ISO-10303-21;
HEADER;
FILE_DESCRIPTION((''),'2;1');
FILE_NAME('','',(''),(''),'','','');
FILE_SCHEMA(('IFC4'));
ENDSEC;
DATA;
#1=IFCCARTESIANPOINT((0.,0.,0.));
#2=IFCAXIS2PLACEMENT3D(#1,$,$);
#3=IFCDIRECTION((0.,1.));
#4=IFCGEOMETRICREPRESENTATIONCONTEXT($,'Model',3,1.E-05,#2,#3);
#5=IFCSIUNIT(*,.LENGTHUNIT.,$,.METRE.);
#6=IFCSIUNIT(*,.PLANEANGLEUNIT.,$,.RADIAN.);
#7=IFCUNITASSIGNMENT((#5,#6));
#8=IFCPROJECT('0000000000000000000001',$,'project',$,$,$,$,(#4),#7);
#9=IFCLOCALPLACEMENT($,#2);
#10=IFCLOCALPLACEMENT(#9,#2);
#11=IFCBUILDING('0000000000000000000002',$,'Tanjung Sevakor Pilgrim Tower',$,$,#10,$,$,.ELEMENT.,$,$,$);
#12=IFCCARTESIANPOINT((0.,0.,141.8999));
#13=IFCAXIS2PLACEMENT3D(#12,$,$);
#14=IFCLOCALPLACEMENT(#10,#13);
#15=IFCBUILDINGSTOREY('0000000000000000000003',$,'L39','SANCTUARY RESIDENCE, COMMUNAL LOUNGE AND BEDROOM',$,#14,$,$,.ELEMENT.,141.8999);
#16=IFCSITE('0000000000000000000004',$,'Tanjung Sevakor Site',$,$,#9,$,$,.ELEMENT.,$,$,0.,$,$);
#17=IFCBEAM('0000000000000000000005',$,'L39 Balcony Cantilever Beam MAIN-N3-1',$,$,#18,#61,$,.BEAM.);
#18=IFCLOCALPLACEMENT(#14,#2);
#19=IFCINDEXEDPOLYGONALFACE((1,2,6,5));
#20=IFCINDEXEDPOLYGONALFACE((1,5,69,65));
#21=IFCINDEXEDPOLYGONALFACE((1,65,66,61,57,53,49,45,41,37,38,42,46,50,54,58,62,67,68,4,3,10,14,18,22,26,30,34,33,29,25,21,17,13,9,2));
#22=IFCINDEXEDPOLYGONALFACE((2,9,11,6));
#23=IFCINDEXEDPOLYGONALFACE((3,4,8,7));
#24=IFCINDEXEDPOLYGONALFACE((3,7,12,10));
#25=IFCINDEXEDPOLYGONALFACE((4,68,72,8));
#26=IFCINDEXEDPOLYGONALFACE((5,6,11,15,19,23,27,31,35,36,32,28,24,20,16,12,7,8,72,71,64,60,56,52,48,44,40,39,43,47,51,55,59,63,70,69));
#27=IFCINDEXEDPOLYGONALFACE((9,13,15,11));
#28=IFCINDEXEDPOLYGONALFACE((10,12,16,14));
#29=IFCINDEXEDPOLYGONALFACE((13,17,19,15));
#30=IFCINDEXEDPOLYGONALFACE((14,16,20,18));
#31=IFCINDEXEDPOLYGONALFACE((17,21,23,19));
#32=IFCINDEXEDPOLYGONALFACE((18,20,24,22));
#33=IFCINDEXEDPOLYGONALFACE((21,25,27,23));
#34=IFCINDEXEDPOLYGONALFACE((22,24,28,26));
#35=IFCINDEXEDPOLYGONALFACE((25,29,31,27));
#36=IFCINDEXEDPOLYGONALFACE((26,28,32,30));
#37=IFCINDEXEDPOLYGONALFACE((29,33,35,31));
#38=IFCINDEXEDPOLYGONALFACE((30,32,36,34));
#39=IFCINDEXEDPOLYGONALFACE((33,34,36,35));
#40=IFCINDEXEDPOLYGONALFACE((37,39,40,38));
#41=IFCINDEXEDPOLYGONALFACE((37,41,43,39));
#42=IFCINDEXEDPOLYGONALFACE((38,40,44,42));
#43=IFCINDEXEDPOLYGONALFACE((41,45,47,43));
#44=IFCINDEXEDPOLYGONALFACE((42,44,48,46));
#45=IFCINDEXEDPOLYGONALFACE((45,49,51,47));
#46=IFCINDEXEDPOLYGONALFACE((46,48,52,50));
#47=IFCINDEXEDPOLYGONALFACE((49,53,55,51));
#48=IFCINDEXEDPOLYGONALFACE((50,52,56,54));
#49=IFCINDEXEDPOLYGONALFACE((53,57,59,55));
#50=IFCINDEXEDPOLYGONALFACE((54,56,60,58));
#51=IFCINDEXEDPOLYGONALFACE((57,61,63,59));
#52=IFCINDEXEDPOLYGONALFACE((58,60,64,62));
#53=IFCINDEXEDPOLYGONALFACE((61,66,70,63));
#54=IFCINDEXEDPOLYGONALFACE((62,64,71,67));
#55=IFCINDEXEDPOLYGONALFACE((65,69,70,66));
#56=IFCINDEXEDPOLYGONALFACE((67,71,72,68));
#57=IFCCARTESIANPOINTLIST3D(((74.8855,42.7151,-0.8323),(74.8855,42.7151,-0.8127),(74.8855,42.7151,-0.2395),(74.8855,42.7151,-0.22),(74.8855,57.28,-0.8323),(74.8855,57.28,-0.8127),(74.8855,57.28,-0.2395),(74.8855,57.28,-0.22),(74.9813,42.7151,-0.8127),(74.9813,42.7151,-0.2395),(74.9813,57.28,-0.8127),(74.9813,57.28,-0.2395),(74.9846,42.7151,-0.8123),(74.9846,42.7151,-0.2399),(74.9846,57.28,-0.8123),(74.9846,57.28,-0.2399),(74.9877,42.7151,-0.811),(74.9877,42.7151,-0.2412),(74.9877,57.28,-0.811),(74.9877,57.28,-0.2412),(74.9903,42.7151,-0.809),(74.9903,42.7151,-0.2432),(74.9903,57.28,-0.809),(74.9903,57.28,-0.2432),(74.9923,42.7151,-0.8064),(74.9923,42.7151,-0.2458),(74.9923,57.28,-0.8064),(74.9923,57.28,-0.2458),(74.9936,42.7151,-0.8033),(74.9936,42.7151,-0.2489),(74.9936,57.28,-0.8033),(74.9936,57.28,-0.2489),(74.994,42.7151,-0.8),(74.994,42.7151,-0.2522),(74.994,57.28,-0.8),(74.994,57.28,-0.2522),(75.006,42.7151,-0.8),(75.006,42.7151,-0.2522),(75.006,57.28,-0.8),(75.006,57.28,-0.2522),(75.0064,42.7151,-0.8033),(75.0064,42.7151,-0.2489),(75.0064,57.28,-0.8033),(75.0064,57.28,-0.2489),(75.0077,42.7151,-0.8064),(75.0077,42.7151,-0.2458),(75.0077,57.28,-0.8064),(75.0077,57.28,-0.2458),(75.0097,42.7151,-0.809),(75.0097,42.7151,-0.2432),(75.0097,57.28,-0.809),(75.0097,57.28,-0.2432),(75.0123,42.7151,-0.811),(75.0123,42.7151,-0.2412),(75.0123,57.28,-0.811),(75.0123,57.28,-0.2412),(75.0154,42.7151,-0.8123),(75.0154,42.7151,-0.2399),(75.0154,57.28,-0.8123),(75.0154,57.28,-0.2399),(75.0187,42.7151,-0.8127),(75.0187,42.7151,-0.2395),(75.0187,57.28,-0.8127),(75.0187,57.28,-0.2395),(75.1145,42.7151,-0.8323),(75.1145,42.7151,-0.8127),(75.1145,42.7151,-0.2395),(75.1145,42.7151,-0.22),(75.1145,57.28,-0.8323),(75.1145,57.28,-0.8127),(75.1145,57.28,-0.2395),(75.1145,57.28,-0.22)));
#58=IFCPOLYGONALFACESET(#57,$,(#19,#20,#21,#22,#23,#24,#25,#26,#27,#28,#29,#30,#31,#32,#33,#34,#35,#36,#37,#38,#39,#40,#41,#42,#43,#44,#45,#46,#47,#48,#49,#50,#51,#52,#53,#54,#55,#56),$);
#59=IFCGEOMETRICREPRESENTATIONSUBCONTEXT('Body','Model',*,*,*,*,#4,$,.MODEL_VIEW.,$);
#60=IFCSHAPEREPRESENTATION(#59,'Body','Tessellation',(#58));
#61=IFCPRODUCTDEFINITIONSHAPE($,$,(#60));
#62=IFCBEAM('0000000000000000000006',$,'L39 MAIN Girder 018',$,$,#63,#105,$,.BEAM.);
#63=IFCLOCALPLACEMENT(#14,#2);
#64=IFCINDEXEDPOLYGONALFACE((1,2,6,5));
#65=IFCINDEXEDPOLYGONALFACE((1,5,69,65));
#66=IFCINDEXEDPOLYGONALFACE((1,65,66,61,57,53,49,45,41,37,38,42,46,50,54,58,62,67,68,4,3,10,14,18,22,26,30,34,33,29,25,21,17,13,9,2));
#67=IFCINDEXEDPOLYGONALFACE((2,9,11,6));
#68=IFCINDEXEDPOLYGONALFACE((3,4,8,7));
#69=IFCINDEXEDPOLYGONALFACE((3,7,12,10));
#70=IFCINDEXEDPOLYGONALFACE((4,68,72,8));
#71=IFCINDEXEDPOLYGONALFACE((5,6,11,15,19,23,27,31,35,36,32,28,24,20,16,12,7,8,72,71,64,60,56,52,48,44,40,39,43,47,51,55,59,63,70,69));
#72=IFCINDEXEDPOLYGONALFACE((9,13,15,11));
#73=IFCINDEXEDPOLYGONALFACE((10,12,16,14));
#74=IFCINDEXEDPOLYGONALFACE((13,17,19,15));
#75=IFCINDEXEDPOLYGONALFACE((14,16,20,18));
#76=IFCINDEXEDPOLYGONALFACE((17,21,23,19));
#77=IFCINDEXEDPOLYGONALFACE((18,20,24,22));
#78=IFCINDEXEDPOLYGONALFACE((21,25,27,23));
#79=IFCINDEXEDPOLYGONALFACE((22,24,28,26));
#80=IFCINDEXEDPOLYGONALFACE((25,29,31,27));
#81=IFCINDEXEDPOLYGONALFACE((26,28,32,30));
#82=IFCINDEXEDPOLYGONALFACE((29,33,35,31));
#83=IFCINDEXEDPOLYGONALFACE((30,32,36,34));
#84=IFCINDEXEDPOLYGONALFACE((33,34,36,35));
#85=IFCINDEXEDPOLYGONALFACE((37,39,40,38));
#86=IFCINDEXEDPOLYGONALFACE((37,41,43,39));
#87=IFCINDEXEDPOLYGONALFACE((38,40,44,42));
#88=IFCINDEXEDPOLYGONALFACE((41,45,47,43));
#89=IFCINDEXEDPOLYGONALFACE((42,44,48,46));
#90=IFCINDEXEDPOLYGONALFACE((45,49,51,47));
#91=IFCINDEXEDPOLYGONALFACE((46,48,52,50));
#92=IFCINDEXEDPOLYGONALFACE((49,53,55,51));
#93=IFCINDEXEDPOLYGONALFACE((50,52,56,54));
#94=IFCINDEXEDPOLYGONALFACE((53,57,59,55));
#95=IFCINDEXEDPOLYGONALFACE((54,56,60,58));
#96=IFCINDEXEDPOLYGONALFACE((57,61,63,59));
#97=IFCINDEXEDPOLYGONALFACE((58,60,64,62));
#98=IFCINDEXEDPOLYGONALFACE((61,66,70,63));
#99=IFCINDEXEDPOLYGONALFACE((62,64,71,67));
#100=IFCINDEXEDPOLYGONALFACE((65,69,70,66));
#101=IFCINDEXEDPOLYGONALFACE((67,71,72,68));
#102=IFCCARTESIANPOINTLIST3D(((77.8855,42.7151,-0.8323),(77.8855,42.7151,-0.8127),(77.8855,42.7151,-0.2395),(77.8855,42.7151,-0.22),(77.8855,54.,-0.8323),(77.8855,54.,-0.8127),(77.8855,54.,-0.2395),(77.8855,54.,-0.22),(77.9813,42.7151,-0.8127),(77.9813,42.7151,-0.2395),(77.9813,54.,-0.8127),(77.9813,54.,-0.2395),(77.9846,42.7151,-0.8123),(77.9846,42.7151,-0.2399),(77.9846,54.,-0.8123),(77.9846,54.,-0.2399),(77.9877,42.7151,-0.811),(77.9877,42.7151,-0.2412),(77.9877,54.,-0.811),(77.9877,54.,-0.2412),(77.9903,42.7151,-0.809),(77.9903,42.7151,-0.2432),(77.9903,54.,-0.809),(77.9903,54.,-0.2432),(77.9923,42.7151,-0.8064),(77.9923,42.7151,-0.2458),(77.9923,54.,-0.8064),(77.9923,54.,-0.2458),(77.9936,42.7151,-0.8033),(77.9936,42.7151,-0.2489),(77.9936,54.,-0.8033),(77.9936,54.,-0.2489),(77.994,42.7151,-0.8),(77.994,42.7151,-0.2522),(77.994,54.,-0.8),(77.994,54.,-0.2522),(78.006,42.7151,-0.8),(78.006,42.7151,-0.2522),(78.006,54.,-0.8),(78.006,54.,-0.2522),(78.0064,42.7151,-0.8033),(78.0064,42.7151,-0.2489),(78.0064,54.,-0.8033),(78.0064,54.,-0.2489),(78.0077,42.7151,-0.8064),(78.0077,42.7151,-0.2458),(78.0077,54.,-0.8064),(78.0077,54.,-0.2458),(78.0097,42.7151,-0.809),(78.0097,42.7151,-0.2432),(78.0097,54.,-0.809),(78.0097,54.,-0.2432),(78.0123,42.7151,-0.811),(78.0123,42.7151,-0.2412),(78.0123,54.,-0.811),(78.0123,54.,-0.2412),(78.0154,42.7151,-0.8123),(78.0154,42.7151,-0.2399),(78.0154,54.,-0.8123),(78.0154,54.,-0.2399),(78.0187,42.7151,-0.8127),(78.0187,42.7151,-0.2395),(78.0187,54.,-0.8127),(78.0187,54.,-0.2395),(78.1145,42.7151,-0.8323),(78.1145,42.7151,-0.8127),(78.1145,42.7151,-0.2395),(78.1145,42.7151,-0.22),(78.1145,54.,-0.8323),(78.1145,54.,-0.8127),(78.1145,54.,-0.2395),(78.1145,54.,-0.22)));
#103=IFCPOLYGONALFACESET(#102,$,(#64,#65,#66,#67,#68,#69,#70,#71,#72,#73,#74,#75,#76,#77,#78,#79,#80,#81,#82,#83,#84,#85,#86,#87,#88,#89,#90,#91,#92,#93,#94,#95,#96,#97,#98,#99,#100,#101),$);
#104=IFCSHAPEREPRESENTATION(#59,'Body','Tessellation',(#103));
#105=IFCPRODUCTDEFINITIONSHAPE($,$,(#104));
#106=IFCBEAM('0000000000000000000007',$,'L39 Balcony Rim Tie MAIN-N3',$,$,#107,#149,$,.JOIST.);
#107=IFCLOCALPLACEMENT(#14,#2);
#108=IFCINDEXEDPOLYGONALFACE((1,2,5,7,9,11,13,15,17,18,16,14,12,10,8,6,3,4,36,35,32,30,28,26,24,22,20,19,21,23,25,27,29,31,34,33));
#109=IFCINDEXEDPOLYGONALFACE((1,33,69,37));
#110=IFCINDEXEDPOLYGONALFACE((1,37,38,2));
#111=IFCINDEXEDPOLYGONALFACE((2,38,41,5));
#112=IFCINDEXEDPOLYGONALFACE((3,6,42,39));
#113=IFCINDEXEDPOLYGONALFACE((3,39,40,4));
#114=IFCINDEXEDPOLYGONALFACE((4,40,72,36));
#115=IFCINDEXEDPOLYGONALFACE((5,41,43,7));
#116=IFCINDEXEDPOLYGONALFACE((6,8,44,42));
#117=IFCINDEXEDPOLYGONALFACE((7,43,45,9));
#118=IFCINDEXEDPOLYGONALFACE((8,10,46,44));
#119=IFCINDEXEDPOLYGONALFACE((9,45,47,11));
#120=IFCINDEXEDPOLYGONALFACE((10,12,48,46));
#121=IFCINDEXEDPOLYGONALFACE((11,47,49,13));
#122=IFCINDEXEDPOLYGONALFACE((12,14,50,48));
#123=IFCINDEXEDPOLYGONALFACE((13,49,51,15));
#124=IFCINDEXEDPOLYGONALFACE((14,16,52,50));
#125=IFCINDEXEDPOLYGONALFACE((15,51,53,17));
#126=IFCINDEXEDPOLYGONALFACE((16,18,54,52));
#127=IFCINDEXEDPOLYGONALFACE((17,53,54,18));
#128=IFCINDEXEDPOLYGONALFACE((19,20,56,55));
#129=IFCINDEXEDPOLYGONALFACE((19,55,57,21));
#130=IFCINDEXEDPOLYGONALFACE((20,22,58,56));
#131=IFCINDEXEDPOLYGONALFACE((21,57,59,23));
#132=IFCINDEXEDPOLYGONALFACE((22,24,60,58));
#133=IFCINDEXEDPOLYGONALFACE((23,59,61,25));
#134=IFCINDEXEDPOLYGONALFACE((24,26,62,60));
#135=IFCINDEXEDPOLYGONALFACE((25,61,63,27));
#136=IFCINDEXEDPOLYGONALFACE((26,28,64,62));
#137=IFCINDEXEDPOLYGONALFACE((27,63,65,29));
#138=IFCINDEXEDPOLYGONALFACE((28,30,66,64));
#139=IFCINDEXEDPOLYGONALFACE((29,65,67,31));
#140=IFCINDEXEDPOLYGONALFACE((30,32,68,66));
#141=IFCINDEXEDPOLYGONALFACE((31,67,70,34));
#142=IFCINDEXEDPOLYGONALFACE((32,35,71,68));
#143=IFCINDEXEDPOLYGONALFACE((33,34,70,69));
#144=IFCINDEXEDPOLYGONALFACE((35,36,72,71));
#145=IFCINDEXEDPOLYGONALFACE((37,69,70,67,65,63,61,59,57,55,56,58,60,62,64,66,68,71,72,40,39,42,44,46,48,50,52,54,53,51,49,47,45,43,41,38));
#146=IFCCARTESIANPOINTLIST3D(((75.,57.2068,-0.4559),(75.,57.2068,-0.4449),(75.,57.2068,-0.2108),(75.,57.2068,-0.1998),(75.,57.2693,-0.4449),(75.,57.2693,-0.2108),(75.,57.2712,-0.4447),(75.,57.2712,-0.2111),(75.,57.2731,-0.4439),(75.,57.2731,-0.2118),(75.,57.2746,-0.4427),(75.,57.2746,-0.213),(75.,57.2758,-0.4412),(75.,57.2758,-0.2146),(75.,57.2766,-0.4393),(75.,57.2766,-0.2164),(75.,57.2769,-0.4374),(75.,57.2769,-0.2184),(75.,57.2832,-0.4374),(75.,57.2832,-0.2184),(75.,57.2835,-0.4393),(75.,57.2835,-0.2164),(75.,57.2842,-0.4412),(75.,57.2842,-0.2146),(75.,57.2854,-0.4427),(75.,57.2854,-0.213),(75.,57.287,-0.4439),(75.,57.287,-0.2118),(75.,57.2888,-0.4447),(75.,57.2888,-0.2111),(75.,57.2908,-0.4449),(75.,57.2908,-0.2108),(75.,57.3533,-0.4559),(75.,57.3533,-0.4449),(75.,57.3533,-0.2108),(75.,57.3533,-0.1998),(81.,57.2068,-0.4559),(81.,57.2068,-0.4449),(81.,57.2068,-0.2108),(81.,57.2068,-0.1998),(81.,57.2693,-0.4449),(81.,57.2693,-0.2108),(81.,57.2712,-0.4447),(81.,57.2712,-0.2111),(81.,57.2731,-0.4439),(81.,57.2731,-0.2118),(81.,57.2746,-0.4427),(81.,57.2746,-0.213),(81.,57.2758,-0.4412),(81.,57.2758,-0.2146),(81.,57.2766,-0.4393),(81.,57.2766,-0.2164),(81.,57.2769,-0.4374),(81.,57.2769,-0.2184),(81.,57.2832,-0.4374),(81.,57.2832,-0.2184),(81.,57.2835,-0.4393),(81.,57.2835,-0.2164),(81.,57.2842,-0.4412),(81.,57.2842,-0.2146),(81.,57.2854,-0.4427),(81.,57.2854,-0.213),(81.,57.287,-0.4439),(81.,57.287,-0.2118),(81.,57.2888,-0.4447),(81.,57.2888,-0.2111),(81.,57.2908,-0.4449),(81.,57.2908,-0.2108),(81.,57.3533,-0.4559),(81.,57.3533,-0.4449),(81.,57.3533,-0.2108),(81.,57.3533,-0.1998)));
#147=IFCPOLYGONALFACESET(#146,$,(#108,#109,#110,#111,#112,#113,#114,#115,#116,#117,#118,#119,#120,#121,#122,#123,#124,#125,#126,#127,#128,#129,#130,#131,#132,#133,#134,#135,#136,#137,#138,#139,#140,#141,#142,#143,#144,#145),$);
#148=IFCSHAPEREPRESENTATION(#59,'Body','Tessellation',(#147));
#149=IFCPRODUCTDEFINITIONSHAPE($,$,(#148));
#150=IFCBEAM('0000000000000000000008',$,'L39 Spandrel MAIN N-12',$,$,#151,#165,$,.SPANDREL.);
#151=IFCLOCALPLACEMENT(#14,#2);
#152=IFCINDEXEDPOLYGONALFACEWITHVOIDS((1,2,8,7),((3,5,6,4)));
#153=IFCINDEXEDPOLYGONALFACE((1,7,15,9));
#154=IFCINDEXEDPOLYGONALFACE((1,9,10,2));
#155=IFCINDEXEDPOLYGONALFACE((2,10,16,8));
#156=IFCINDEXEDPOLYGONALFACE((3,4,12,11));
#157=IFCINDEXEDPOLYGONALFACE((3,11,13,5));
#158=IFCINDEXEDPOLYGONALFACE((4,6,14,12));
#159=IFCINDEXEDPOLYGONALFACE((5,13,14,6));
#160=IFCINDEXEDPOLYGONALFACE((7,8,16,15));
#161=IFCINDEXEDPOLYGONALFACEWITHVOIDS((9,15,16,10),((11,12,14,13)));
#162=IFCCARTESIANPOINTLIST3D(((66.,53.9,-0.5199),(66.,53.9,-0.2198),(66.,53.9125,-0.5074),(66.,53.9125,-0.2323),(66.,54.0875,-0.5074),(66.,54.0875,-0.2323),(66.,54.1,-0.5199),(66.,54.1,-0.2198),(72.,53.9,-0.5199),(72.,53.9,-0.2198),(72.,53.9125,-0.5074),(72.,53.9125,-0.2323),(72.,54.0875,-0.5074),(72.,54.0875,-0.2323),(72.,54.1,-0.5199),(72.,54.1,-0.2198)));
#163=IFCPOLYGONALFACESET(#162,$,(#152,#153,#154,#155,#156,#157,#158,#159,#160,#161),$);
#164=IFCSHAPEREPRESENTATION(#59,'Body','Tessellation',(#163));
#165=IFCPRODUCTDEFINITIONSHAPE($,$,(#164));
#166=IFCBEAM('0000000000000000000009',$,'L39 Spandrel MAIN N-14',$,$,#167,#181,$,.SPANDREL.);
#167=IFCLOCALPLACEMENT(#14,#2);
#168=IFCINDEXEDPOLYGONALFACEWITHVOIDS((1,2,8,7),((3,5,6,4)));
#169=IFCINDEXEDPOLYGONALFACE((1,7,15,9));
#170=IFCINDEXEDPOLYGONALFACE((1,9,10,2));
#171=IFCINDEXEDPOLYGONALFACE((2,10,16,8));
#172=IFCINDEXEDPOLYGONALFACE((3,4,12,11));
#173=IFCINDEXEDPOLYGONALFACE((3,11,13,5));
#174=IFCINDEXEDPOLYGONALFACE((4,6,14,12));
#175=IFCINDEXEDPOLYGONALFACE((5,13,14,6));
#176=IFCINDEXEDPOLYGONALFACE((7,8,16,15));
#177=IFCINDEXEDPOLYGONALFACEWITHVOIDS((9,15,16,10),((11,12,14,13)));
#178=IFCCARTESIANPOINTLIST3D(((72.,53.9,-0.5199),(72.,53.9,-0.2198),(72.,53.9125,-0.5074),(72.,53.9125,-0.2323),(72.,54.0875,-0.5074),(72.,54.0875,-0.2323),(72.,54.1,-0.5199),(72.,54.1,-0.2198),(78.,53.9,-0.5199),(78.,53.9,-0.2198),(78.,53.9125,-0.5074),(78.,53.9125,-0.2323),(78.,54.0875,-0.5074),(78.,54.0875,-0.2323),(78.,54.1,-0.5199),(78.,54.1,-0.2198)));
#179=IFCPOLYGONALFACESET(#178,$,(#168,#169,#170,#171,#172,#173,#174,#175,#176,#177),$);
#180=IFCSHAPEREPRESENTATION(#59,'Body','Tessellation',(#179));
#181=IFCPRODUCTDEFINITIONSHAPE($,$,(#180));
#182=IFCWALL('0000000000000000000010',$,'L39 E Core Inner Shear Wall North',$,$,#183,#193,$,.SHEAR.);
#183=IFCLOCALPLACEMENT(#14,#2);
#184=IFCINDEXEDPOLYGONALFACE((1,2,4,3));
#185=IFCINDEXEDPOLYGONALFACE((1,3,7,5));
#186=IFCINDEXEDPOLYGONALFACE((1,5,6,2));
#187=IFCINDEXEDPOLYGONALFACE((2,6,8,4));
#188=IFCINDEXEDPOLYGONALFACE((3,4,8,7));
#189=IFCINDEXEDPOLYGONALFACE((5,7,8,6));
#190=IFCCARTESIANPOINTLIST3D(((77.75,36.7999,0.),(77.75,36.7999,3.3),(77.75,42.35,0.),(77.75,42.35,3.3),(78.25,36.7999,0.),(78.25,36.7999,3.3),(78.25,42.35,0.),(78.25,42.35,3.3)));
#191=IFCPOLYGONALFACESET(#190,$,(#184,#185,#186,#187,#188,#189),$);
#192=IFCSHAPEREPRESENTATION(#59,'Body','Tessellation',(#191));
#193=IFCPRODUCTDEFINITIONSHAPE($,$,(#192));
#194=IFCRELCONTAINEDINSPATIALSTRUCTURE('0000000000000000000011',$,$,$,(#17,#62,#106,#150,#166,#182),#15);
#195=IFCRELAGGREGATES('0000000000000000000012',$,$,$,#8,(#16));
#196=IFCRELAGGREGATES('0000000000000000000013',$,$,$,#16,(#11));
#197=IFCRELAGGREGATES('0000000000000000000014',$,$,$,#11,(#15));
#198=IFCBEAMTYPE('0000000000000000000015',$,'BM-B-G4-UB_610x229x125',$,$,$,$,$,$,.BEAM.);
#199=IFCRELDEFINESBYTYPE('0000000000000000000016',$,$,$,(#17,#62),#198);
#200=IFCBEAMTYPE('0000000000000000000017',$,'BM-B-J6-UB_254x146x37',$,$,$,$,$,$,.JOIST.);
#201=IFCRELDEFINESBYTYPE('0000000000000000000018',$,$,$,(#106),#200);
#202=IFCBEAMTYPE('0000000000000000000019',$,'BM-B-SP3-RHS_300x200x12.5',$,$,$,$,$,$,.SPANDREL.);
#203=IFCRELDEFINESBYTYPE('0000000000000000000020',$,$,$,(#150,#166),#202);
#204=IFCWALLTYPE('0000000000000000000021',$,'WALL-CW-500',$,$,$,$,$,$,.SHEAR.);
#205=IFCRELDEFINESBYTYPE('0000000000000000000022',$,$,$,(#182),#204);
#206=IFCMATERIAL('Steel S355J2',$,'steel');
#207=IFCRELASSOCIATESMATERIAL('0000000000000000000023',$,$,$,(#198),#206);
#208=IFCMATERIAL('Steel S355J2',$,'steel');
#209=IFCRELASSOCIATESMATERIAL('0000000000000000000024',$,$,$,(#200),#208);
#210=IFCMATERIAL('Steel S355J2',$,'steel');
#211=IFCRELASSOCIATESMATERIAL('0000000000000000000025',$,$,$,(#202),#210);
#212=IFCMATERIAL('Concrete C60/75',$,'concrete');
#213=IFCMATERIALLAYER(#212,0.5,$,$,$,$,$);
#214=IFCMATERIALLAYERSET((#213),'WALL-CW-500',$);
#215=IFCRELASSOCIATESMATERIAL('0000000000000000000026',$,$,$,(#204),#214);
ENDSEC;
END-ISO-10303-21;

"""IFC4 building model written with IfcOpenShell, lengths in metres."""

from ifc_helpers import new_model, si_unit, direction, frame, frame_2d, origin, origin_2d, place, context, subcontext, project, spatial, rectangle, hollow_rectangle, i_section, extrude, material, layer, layer_set, material_profile, profile_set, type_object, element, save


model = new_model("IFC4")

# Units and contexts
model_context = context("Model", 3, precision=1e-05, world=origin(), true_north=direction((0.0, 1.0)))
body_context = subcontext(model_context, "Body", "Model", "MODEL_VIEW")
ifc_project = project(units=[si_unit("LENGTHUNIT", "METRE"), si_unit("PLANEANGLEUNIT", "RADIAN")], contexts=[model_context])

# Site, building, storey
site_placement = place(None, origin())
site = spatial("IfcSite", under=ifc_project, at=site_placement, Name="Tanjung Sevakor Site", CompositionType="ELEMENT", RefElevation=0.0)
building_placement = place(site_placement, origin())
building = spatial("IfcBuilding", under=site, at=building_placement, Name="Tanjung Sevakor Pilgrim Tower", CompositionType="ELEMENT")
storey_placement = place(building_placement, frame((0.0, 0.0, 141.8999)))
storey = spatial("IfcBuildingStorey", under=building, at=storey_placement, Name="L39", Description="SANCTUARY RESIDENCE, COMMUNAL LOUNGE AND BEDROOM", CompositionType="ELEMENT", Elevation=141.8999)

# Beams
ifc_material_1 = material(Name="Steel S355J2", Category="steel")
ifc_material_profile_1 = material_profile(ifc_material_1, i_section(OverallWidth=0.229, OverallDepth=0.6123, WebThickness=0.012, FlangeThickness=0.0195, FilletRadius=0.0127, at=origin_2d()))
ifc_profile_set_1 = profile_set([ifc_material_profile_1], Name="Steel S355J2")
beam_type_1 = type_object("IfcBeamType", Name="BM-B-G4-UB_610x229x125", PredefinedType="BEAM", material=ifc_profile_set_1)
beam_1_placement = place(storey_placement, frame((75.0, 42.7151, -0.5261), z_axis=(0.0, 1.0, 0.0), x_axis=(-1.0, 0.0, 0.0)))
element("IfcBeam", 1, at=beam_1_placement, inside=storey, type_object=beam_type_1, Name="L39 Balcony Cantilever Beam MAIN-N3-1", PredefinedType="BEAM", context=body_context, shape_type="SweptSolid", body=[
    extrude(i_section(OverallWidth=0.229, OverallDepth=0.6123, WebThickness=0.012, FlangeThickness=0.0195, FilletRadius=0.0127, at=origin_2d()), origin(), (0.0, 0.0, 1.0), 14.5649),
])
beam_2_placement = place(storey_placement, frame((78.0, 42.7151, -0.5261), z_axis=(0.0, 1.0, 0.0), x_axis=(-1.0, 0.0, 0.0)))
element("IfcBeam", 2, at=beam_2_placement, inside=storey, type_object=beam_type_1, Name="L39 MAIN Girder 018", PredefinedType="BEAM", context=body_context, shape_type="SweptSolid", body=[
    extrude(i_section(OverallWidth=0.229, OverallDepth=0.6123, WebThickness=0.012, FlangeThickness=0.0195, FilletRadius=0.0127, at=origin_2d()), origin(), (0.0, 0.0, 1.0), 11.2849),
])
ifc_material_2 = material(Name="Steel S355J2", Category="steel")
ifc_material_profile_2 = material_profile(ifc_material_2, i_section(OverallWidth=0.1465, OverallDepth=0.2561, WebThickness=0.0063, FlangeThickness=0.011, FilletRadius=0.0076, at=origin_2d()))
ifc_profile_set_2 = profile_set([ifc_material_profile_2], Name="Steel S355J2")
beam_type_2 = type_object("IfcBeamType", Name="BM-B-J6-UB_254x146x37", PredefinedType="JOIST", material=ifc_profile_set_2)
beam_3_placement = place(storey_placement, frame((75.0, 57.28, -0.3279), z_axis=(1.0, 0.0, 0.0), x_axis=(0.0, 1.0, 0.0)))
element("IfcBeam", 3, at=beam_3_placement, inside=storey, type_object=beam_type_2, Name="L39 Balcony Rim Tie MAIN-N3", PredefinedType="JOIST", context=body_context, shape_type="SweptSolid", body=[
    extrude(i_section(OverallWidth=0.1465, OverallDepth=0.2561, WebThickness=0.0063, FlangeThickness=0.011, FilletRadius=0.0076, at=origin_2d()), origin(), (0.0, 0.0, 1.0), 6.0),
])
ifc_material_3 = material(Name="Steel S355J2", Category="steel")
ifc_material_profile_3 = material_profile(ifc_material_3, hollow_rectangle(XDim=0.2, YDim=0.3, WallThickness=0.0125, at=origin_2d()))
ifc_profile_set_3 = profile_set([ifc_material_profile_3], Name="Steel S355J2")
beam_type_3 = type_object("IfcBeamType", Name="BM-B-SP3-RHS_300x200x12.5", PredefinedType="SPANDREL", material=ifc_profile_set_3)
for number, where, z_axis, x_axis, name in (
    (4, (66.0, 54.0, -0.3699), (1.0, 0.0, 0.0), (0.0, 1.0, 0.0), "L39 Spandrel MAIN N-12"),
    (5, (72.0, 54.0, -0.3699), (1.0, 0.0, 0.0), (0.0, 1.0, 0.0), "L39 Spandrel MAIN N-14"),
):
    element("IfcBeam", number, at=place(storey_placement, frame(where, z_axis=z_axis, x_axis=x_axis)), inside=storey, type_object=beam_type_3, Name=name, PredefinedType="SPANDREL", context=body_context, shape_type="SweptSolid", body=[
        extrude(hollow_rectangle(XDim=0.2, YDim=0.3, WallThickness=0.0125, at=origin_2d()), origin(), (0.0, 0.0, 1.0), 6.0),
    ])

# Wall
ifc_material_4 = material(Name="Concrete C60/75", Category="concrete")
ifc_layer_1 = layer(ifc_material_4, 0.5)
ifc_layer_set_1 = layer_set([ifc_layer_1], Name="WALL-CW-500")
wall_type_1 = type_object("IfcWallType", Name="WALL-CW-500", PredefinedType="SHEAR", material=ifc_layer_set_1)
wall_1_placement = place(storey_placement, frame((78.0, 36.8, 0.0), z_axis=(0.0, 0.0, 1.0), x_axis=(0.0, 1.0, 0.0)))
element("IfcWall", 6, at=wall_1_placement, inside=storey, type_object=wall_type_1, Name="L39 E Core Inner Shear Wall North", PredefinedType="SHEAR", context=body_context, shape_type="SweptSolid", body=[
    extrude(rectangle(XDim=5.55, YDim=0.5, at=frame_2d((2.7749, 0.0))), origin(), (0.0, 0.0, 1.0), 3.3),
])

save(model, "model.ifc")
